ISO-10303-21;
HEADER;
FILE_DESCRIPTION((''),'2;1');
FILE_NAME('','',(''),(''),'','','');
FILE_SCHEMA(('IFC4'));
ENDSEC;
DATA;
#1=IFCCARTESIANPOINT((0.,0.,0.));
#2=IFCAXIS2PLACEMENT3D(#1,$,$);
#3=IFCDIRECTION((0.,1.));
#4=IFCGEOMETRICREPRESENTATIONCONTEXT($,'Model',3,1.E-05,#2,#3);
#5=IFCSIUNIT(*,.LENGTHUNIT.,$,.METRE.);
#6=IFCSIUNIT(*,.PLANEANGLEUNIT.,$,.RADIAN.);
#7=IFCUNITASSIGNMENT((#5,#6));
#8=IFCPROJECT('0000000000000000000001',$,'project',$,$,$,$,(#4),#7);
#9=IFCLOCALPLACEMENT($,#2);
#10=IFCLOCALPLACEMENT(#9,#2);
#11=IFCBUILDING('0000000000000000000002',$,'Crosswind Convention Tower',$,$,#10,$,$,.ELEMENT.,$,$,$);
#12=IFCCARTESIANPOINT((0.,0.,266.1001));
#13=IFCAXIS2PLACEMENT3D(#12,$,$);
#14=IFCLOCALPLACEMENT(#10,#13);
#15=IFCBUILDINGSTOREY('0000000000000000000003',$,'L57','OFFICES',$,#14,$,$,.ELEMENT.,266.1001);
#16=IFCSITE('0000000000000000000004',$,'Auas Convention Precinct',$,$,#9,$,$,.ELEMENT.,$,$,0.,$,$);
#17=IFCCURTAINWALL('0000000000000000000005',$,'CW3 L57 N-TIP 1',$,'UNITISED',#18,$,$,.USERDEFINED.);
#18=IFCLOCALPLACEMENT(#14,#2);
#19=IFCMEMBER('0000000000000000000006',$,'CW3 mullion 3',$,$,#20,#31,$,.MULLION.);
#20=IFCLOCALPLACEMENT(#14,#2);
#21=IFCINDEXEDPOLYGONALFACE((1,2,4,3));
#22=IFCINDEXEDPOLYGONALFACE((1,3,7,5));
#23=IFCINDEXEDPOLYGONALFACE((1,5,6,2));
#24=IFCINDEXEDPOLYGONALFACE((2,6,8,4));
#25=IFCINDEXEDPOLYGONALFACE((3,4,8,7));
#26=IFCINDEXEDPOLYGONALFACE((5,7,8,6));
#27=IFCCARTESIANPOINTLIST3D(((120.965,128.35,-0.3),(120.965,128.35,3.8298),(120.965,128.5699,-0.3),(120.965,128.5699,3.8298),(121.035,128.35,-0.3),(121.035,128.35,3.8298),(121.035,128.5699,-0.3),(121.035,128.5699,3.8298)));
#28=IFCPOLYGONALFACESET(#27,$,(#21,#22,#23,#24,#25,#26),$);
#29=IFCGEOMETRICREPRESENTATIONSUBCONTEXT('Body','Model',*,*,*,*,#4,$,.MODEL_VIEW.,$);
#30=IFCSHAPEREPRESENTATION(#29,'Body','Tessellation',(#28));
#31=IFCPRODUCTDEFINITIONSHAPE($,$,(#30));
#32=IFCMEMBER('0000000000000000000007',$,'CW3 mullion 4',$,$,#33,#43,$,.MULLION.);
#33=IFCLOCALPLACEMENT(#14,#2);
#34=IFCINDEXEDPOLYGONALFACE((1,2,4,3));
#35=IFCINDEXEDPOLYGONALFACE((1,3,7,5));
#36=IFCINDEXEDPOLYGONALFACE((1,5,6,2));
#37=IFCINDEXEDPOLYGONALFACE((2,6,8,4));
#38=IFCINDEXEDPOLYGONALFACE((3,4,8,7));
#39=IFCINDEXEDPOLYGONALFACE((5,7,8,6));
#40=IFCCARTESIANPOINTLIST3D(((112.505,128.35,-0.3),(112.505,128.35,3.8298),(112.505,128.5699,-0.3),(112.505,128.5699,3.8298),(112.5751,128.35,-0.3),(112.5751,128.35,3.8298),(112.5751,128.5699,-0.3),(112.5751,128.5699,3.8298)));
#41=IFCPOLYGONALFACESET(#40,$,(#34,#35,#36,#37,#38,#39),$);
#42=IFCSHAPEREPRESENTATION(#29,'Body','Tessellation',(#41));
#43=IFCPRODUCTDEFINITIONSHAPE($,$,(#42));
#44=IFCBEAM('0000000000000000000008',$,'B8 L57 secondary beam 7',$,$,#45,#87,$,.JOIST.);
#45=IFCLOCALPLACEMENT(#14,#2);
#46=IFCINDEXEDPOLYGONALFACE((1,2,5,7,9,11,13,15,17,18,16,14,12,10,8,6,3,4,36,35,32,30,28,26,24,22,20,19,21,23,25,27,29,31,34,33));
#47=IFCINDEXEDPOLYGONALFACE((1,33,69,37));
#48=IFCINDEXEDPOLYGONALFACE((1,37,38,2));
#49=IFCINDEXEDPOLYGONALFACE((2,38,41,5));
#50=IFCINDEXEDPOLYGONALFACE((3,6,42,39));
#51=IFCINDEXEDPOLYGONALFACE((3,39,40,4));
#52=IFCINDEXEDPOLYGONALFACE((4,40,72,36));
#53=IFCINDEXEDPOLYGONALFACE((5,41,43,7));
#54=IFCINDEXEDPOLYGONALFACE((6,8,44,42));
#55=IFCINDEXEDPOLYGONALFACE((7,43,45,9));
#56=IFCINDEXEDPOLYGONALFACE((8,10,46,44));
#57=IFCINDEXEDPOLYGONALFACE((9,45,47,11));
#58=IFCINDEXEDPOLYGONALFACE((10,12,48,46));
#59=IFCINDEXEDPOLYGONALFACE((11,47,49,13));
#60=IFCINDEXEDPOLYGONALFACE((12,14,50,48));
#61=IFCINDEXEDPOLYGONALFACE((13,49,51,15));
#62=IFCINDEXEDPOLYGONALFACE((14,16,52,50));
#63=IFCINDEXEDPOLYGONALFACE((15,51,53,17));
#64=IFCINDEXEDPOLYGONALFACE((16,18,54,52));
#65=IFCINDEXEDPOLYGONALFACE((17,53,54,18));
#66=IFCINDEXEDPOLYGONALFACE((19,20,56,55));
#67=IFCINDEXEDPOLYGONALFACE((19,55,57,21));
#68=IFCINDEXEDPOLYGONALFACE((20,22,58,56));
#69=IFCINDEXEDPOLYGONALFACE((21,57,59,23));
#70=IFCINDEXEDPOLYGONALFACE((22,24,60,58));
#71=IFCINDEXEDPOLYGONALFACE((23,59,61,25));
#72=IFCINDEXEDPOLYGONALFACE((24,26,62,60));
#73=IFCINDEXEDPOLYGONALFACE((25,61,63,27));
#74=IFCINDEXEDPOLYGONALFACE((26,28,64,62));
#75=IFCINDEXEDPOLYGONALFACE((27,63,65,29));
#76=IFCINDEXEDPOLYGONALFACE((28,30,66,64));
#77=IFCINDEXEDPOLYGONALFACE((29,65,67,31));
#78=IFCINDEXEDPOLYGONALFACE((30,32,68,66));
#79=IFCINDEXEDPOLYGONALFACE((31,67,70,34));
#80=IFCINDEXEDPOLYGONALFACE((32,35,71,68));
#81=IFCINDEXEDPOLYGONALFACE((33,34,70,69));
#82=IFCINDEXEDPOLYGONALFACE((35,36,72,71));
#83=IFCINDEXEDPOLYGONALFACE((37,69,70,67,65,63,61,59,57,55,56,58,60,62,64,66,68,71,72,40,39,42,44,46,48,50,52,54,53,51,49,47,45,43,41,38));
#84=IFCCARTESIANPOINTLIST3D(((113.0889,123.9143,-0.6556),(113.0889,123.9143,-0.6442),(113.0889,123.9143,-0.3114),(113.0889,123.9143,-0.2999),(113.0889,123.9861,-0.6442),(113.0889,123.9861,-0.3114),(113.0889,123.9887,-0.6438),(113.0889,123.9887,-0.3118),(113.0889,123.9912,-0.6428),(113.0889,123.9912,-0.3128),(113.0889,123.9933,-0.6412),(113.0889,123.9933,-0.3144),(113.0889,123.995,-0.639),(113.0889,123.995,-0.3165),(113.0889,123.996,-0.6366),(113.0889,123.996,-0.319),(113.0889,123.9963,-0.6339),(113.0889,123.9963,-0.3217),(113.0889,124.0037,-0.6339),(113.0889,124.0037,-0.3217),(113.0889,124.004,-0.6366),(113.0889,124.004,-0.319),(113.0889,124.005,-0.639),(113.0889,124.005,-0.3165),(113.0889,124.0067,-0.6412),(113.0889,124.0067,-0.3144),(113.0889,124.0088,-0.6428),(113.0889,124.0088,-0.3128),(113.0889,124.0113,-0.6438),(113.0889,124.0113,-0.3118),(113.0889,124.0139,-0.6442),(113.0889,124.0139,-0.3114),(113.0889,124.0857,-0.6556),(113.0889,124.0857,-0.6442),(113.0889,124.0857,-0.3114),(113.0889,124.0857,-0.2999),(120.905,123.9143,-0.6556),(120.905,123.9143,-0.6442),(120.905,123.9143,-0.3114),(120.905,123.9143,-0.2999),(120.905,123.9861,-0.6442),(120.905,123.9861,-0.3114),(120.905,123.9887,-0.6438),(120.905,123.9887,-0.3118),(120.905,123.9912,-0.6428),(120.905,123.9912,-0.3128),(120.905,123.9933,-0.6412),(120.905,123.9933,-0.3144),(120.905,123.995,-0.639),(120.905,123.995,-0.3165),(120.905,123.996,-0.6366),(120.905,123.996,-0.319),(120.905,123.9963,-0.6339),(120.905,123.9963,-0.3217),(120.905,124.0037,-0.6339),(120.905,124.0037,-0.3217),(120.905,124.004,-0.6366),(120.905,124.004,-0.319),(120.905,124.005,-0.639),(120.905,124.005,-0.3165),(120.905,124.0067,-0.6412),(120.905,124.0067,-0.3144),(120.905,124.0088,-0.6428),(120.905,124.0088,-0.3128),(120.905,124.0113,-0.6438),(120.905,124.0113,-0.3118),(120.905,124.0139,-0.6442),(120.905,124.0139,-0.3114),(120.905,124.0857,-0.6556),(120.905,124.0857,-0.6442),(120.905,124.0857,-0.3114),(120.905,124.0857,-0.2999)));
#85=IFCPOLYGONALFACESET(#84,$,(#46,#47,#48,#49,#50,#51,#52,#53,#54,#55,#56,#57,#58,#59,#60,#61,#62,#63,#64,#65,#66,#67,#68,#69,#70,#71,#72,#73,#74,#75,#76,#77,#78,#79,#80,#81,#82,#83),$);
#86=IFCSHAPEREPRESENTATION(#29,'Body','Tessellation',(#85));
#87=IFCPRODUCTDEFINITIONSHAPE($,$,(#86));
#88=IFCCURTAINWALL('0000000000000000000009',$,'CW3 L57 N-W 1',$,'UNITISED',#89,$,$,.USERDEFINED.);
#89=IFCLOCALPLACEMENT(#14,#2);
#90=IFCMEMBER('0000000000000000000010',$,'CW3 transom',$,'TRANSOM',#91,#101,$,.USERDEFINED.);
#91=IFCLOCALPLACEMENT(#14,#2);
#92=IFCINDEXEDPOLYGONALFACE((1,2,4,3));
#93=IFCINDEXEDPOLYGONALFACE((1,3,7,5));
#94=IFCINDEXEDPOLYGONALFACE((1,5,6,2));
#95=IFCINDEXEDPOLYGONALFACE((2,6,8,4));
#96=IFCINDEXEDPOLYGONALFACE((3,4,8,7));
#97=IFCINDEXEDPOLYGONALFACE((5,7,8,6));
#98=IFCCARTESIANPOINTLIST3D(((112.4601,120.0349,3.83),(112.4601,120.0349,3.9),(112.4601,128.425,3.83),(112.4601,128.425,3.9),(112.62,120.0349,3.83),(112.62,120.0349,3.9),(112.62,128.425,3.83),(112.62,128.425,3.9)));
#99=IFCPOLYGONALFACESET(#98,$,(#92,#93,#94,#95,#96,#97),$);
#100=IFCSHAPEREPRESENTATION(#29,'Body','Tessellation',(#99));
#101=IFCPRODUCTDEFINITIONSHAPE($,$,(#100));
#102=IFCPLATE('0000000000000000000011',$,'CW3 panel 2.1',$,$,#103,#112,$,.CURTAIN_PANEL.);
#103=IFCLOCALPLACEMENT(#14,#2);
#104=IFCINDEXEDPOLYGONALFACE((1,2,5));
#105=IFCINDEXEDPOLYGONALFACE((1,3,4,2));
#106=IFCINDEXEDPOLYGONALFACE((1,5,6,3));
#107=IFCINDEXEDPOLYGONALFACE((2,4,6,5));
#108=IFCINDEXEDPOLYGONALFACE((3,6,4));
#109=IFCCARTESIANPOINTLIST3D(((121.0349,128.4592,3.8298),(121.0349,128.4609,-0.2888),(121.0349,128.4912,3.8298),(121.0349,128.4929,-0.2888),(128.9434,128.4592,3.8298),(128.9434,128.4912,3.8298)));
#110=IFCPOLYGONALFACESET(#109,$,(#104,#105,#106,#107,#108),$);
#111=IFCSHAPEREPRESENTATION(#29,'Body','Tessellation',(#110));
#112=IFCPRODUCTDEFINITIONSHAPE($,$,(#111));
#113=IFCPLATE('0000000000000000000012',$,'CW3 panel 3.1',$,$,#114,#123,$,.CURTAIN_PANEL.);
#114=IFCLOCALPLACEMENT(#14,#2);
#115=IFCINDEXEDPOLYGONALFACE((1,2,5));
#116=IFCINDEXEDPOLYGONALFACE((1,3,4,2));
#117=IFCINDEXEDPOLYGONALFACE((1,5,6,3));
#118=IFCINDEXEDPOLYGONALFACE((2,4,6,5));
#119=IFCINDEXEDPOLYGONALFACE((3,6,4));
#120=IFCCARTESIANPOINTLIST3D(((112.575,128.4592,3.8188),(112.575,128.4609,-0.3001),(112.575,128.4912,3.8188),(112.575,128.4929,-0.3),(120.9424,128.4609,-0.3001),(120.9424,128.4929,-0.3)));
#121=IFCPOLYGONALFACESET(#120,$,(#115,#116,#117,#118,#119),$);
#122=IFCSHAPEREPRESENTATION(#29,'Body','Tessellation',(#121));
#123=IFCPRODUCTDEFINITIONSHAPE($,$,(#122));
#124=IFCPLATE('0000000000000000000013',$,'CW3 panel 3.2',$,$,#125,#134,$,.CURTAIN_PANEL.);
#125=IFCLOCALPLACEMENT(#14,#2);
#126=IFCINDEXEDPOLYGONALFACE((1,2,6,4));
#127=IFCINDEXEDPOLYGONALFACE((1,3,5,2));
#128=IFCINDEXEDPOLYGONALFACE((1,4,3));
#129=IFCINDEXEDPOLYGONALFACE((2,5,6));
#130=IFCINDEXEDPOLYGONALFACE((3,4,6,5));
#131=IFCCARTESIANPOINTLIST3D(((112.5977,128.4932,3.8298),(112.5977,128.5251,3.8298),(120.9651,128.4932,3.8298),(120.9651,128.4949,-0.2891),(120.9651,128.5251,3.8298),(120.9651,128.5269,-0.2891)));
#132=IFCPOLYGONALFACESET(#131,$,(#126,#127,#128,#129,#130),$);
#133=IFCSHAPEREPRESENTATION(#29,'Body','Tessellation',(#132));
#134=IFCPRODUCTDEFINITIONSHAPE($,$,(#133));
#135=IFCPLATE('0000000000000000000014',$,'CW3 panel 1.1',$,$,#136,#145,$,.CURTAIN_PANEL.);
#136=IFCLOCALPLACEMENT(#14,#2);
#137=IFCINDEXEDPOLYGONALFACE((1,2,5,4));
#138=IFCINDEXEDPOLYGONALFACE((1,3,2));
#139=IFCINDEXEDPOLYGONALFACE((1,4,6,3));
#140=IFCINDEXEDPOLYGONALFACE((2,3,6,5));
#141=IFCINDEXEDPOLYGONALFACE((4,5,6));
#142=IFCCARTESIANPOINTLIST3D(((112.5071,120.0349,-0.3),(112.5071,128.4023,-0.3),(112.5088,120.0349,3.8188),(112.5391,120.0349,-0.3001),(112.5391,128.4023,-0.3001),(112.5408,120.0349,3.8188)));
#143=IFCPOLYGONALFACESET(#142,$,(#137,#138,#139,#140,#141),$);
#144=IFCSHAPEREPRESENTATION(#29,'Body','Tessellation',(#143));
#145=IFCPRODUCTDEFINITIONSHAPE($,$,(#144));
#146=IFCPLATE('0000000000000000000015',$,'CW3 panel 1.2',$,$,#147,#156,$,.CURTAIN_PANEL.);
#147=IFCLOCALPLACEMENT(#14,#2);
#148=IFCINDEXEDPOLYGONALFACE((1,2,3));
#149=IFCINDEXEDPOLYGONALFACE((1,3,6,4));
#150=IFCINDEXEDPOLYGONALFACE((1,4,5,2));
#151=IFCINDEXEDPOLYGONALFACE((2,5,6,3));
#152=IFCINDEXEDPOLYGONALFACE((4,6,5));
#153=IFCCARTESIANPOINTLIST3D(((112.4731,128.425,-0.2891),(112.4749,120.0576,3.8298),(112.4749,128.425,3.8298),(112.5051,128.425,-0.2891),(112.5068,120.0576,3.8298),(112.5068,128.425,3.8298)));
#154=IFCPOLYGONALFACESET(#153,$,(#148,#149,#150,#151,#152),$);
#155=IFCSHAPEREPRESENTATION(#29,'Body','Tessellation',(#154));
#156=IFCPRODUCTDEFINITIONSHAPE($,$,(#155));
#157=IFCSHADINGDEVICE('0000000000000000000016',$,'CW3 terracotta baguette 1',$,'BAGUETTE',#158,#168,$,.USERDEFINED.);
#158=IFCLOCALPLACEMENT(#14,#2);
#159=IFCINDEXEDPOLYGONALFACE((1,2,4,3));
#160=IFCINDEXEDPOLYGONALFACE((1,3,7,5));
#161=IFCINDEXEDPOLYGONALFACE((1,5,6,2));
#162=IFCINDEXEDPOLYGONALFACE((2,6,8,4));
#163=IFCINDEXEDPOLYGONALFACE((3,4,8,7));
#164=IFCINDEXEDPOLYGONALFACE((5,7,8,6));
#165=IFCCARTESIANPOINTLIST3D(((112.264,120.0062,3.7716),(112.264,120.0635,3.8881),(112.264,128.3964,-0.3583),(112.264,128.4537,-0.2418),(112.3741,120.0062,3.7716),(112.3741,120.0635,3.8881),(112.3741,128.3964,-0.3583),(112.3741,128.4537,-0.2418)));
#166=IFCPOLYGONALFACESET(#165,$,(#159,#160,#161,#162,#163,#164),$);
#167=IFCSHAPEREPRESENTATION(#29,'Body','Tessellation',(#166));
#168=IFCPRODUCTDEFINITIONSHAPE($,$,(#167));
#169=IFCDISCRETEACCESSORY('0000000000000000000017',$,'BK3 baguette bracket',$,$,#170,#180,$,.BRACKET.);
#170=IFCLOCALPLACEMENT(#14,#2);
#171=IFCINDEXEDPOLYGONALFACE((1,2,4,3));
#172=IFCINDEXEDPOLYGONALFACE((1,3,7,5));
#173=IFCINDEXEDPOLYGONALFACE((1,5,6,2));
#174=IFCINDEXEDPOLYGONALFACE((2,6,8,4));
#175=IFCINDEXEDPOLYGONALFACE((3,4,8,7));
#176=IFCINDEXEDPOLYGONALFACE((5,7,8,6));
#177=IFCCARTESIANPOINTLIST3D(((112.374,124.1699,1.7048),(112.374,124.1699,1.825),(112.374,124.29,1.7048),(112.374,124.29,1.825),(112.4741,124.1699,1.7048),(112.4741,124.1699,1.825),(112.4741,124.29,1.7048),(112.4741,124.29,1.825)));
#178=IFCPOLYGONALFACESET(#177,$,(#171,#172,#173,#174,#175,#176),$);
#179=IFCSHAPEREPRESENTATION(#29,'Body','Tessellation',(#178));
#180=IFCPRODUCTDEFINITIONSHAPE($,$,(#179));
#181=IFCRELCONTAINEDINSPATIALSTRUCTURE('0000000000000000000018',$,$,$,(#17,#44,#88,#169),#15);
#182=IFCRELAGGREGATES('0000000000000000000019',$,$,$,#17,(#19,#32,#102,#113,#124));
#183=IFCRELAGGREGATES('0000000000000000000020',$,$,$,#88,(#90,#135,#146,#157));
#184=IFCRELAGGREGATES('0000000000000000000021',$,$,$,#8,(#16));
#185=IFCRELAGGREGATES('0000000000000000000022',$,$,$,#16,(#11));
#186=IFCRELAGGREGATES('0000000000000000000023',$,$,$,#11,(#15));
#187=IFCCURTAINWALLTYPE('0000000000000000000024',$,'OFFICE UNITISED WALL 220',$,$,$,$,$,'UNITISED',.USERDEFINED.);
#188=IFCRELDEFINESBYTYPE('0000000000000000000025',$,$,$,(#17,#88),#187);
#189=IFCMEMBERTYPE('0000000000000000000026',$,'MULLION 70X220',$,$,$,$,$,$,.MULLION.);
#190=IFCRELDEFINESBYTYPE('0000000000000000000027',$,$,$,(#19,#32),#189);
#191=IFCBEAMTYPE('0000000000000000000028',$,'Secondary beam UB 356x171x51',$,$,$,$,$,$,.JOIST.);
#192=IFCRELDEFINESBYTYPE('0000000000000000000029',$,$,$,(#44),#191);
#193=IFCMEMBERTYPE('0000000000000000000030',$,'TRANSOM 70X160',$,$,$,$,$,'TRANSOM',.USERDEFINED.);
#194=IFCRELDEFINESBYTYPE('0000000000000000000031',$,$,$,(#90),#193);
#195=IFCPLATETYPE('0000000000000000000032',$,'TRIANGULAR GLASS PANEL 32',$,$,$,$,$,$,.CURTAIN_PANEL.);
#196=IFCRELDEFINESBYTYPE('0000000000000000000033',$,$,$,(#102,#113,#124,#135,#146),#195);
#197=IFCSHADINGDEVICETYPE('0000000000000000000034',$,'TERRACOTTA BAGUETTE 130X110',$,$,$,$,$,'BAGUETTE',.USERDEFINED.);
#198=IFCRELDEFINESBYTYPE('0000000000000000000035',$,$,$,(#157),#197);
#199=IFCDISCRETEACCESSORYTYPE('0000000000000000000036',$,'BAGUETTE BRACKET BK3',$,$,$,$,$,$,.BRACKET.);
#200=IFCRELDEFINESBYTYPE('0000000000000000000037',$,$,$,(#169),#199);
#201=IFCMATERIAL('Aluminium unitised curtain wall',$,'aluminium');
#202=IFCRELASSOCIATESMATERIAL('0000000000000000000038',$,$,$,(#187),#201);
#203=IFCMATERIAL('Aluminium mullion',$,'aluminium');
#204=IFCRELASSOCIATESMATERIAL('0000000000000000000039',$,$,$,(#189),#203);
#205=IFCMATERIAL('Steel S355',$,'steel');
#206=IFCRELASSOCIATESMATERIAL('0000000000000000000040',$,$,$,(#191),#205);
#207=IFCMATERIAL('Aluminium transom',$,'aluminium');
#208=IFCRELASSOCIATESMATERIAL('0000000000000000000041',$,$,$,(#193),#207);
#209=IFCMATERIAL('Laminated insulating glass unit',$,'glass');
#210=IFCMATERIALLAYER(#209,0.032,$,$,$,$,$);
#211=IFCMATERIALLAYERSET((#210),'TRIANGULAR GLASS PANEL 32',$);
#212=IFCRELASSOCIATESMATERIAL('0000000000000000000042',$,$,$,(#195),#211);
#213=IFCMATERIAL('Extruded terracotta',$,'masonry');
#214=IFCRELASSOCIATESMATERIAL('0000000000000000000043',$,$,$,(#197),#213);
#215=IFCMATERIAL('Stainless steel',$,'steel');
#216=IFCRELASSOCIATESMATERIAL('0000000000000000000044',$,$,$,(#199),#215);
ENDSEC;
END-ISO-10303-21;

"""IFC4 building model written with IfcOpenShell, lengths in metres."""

from ifc_helpers import new_model, si_unit, direction, frame, origin, origin_2d, place, context, subcontext, project, spatial, polyline, rectangle, i_section, outline, extrude, material, layer, layer_set, material_profile, profile_set, type_object, element, aggregate, save


model = new_model("IFC4")

# Units and contexts
model_context = context("Model", 3, precision=1e-05, world=origin(), true_north=direction((0.0, 1.0)))
body_context = subcontext(model_context, "Body", "Model", "MODEL_VIEW")
ifc_project = project(units=[si_unit("LENGTHUNIT", "METRE"), si_unit("PLANEANGLEUNIT", "RADIAN")], contexts=[model_context])

# Site, building, storey
site_placement = place(None, origin())
site = spatial("IfcSite", under=ifc_project, at=site_placement, Name="Auas Convention Precinct", CompositionType="ELEMENT", RefElevation=0.0)
building_placement = place(site_placement, origin())
building = spatial("IfcBuilding", under=site, at=building_placement, Name="Crosswind Convention Tower", CompositionType="ELEMENT")
storey_placement = place(building_placement, frame((0.0, 0.0, 266.1001)))
storey = spatial("IfcBuildingStorey", under=building, at=storey_placement, Name="L57", Description="OFFICES", CompositionType="ELEMENT", Elevation=266.1001)

# Shared definitions
ifc_material_1 = material(Name="Steel S355", Category="steel")

# Curtain wall, members
ifc_material_2 = material(Name="Aluminium unitised curtain wall", Category="aluminium")
curtain_wall_type = type_object("IfcCurtainWallType", Name="OFFICE UNITISED WALL 220", ElementType="UNITISED", PredefinedType="USERDEFINED", material=ifc_material_2)
curtain_wall_1_placement = place(storey_placement, origin())
curtain_wall_1 = element("IfcCurtainWall", 1, at=curtain_wall_1_placement, inside=storey, type_object=curtain_wall_type, Name="CW3 L57 N-TIP 1", ObjectType="UNITISED", PredefinedType="USERDEFINED")
ifc_material_3 = material(Name="Aluminium mullion", Category="aluminium")
ifc_material_profile_1 = material_profile(ifc_material_3, rectangle(XDim=0.22, YDim=0.0701, at=origin_2d()), Name="AL 220X70")
ifc_profile_set_1 = profile_set([ifc_material_profile_1], Name="Aluminium mullion")
member_type_1 = type_object("IfcMemberType", Name="MULLION 70X220", PredefinedType="MULLION", material=ifc_profile_set_1)
member_1_placement = place(storey_placement, frame((121.0, 128.46, -0.3), z_axis=(0.0, 0.0, 1.0), x_axis=(0.0, 1.0, 0.0)))
member_1 = element("IfcMember", 2, at=member_1_placement, type_object=member_type_1, Name="CW3 mullion 3", PredefinedType="MULLION", context=body_context, shape_type="SweptSolid", body=[
    extrude(rectangle(XDim=0.22, YDim=0.0701, at=origin_2d()), origin(), (0.0, 0.0, 1.0), 4.1299),
])
member_2_placement = place(storey_placement, frame((112.54, 128.46, -0.3), z_axis=(0.0, 0.0, 1.0), x_axis=(0.0, 1.0, 0.0)))
member_2 = element("IfcMember", 3, at=member_2_placement, type_object=member_type_1, Name="CW3 mullion 4", PredefinedType="MULLION", context=body_context, shape_type="SweptSolid", body=[
    extrude(rectangle(XDim=0.22, YDim=0.0701, at=origin_2d()), origin(), (0.0, 0.0, 1.0), 4.1299),
])

# Beam
ifc_material_profile_2 = material_profile(ifc_material_1, i_section(OverallWidth=0.1714, OverallDepth=0.3557, WebThickness=0.0073, FlangeThickness=0.0115, FilletRadius=0.0103, at=origin_2d()), Name="UB 356x171x51")
ifc_profile_set_2 = profile_set([ifc_material_profile_2], Name="Steel S355")
beam_type_1 = type_object("IfcBeamType", Name="Secondary beam UB 356x171x51", PredefinedType="JOIST", material=ifc_profile_set_2)
beam_1_placement = place(storey_placement, frame((113.0889, 124.0, -0.4778), z_axis=(1.0, 0.0, 0.0), x_axis=(0.0, 1.0, 0.0)))
element("IfcBeam", 4, at=beam_1_placement, inside=storey, type_object=beam_type_1, Name="B8 L57 secondary beam 7", PredefinedType="JOIST", context=body_context, shape_type="SweptSolid", body=[
    extrude(i_section(OverallWidth=0.1714, OverallDepth=0.3557, WebThickness=0.0073, FlangeThickness=0.0115, FilletRadius=0.0103, at=origin_2d()), origin(), (0.0, 0.0, 1.0), 7.8162),
])

# Curtain wall, member
curtain_wall_2_placement = place(storey_placement, origin())
curtain_wall_2 = element("IfcCurtainWall", 5, at=curtain_wall_2_placement, inside=storey, type_object=curtain_wall_type, Name="CW3 L57 N-W 1", ObjectType="UNITISED", PredefinedType="USERDEFINED")
ifc_material_4 = material(Name="Aluminium transom", Category="aluminium")
ifc_material_profile_3 = material_profile(ifc_material_4, rectangle(XDim=0.1599, YDim=0.0701, at=origin_2d()), Name="AL 160X70")
ifc_profile_set_3 = profile_set([ifc_material_profile_3], Name="Aluminium transom")
member_type_2 = type_object("IfcMemberType", Name="TRANSOM 70X160", ElementType="TRANSOM", PredefinedType="USERDEFINED", material=ifc_profile_set_3)
member_3_placement = place(storey_placement, frame((112.54, 128.425, 3.865), z_axis=(0.0, -1.0, 0.0), x_axis=(1.0, 0.0, 0.0)))
member_3 = element("IfcMember", 6, at=member_3_placement, type_object=member_type_2, Name="CW3 transom", ObjectType="TRANSOM", PredefinedType="USERDEFINED", context=body_context, shape_type="SweptSolid", body=[
    extrude(rectangle(XDim=0.1599, YDim=0.0701, at=origin_2d()), origin(), (0.0, 0.0, 1.0), 8.3901),
])

# Plates
ifc_material_5 = material(Name="Laminated insulating glass unit", Category="glass")
ifc_layer = layer(ifc_material_5, 0.032)
ifc_layer_set = layer_set([ifc_layer], Name="TRIANGULAR GLASS PANEL 32")
plate_type = type_object("IfcPlateType", Name="TRIANGULAR GLASS PANEL 32", PredefinedType="CURTAIN_PANEL", material=ifc_layer_set)
plate_1_placement = place(storey_placement, frame((121.0349, 128.4912, 3.8298), z_axis=(0.0, 1.0, 0.000415), x_axis=(1.0, 0.0, 0.0)))
plate_1 = element("IfcPlate", 7, at=plate_1_placement, type_object=plate_type, Name="CW3 panel 2.1", PredefinedType="CURTAIN_PANEL", context=body_context, shape_type="SweptSolid", body=[
    extrude(outline(polyline([(0.0, 0.0), (7.9084, 0.0), (0.0, 4.1187), (0.0, 0.0)])), origin(), (0.0, 0.0, -1.0), 0.032),
])
plate_2_placement = place(storey_placement, frame((112.575, 128.4929, -0.3), z_axis=(0.0, 1.0, 0.000415), x_axis=(0.0, -0.000415, 1.0)))
plate_2 = element("IfcPlate", 8, at=plate_2_placement, type_object=plate_type, Name="CW3 panel 3.1", PredefinedType="CURTAIN_PANEL", context=body_context, shape_type="SweptSolid", body=[
    extrude(outline(polyline([(0.0, 0.0), (4.1189, 0.0), (0.0, 8.3674), (0.0, 0.0)])), origin(), (0.0, 0.0, -1.0), 0.032),
])
plate_3_placement = place(storey_placement, frame((120.9651, 128.5251, 3.8298), z_axis=(0.0, 1.0, 0.000415), x_axis=(0.0, 0.000415, -1.0)))
plate_3 = element("IfcPlate", 9, at=plate_3_placement, type_object=plate_type, Name="CW3 panel 3.2", PredefinedType="CURTAIN_PANEL", context=body_context, shape_type="SweptSolid", body=[
    extrude(outline(polyline([(0.0, 0.0), (4.1189, 0.0), (0.0, 8.3674), (0.0, 0.0)])), origin(), (0.0, 0.0, -1.0), 0.032),
])
aggregate(curtain_wall_1, [member_1, member_2, plate_1, plate_2, plate_3])
plate_4_placement = place(storey_placement, frame((112.5071, 120.0349, -0.3), z_axis=(-1.0, 0.0, 0.000415), x_axis=(0.000415, 0.0, 1.0)))
plate_4 = element("IfcPlate", 10, at=plate_4_placement, type_object=plate_type, Name="CW3 panel 1.1", PredefinedType="CURTAIN_PANEL", context=body_context, shape_type="SweptSolid", body=[
    extrude(outline(polyline([(0.0, 0.0), (4.1189, 0.0), (0.0, 8.3674), (0.0, 0.0)])), origin(), (0.0, 0.0, -1.0), 0.032),
])
plate_5_placement = place(storey_placement, frame((112.4749, 128.425, 3.8298), z_axis=(-1.0, 0.0, 0.000415), x_axis=(-0.000415, 0.0, -1.0)))
plate_5 = element("IfcPlate", 11, at=plate_5_placement, type_object=plate_type, Name="CW3 panel 1.2", PredefinedType="CURTAIN_PANEL", context=body_context, shape_type="SweptSolid", body=[
    extrude(outline(polyline([(0.0, 0.0), (4.1189, 0.0), (0.0, 8.3674), (0.0, 0.0)])), origin(), (0.0, 0.0, -1.0), 0.032),
])

# Shading device
ifc_material_6 = material(Name="Extruded terracotta", Category="masonry")
ifc_material_profile_4 = material_profile(ifc_material_6, rectangle(XDim=0.1101, YDim=0.1299, at=origin_2d()), Name="TC 110X130")
ifc_profile_set_4 = profile_set([ifc_material_profile_4], Name="Extruded terracotta")
shading_device_type = type_object("IfcShadingDeviceType", Name="TERRACOTTA BAGUETTE 130X110", ElementType="BAGUETTE", PredefinedType="USERDEFINED", material=ifc_profile_set_4)
shading_device_placement = place(storey_placement, frame((112.3191, 128.425, -0.3), z_axis=(0.0, -0.897198, 0.441628), x_axis=(1.0, 0.0, 0.0)))
shading_device = element("IfcShadingDevice", 12, at=shading_device_placement, type_object=shading_device_type, Name="CW3 terracotta baguette 1", ObjectType="BAGUETTE", PredefinedType="USERDEFINED", context=body_context, shape_type="SweptSolid", body=[
    extrude(rectangle(XDim=0.1101, YDim=0.1299, at=origin_2d()), origin(), (0.0, 0.0, 1.0), 9.3516),
])
aggregate(curtain_wall_2, [member_3, plate_4, plate_5, shading_device])

# Discrete accessory
ifc_material_7 = material(Name="Stainless steel", Category="steel")
discrete_accessory_type = type_object("IfcDiscreteAccessoryType", Name="BAGUETTE BRACKET BK3", PredefinedType="BRACKET", material=ifc_material_7)
discrete_accessory_placement = place(storey_placement, frame((112.4241, 124.23, 1.7048), z_axis=(0.0, 0.0, 1.0), x_axis=(0.0, -1.0, 0.0)))
element("IfcDiscreteAccessory", 13, at=discrete_accessory_placement, inside=storey, type_object=discrete_accessory_type, Name="BK3 baguette bracket", PredefinedType="BRACKET", context=body_context, shape_type="SweptSolid", body=[
    extrude(rectangle(XDim=0.1201, YDim=0.1001, at=origin_2d()), origin(), (0.0, 0.0, 1.0), 0.1201),
])

save(model, "model.ifc")
